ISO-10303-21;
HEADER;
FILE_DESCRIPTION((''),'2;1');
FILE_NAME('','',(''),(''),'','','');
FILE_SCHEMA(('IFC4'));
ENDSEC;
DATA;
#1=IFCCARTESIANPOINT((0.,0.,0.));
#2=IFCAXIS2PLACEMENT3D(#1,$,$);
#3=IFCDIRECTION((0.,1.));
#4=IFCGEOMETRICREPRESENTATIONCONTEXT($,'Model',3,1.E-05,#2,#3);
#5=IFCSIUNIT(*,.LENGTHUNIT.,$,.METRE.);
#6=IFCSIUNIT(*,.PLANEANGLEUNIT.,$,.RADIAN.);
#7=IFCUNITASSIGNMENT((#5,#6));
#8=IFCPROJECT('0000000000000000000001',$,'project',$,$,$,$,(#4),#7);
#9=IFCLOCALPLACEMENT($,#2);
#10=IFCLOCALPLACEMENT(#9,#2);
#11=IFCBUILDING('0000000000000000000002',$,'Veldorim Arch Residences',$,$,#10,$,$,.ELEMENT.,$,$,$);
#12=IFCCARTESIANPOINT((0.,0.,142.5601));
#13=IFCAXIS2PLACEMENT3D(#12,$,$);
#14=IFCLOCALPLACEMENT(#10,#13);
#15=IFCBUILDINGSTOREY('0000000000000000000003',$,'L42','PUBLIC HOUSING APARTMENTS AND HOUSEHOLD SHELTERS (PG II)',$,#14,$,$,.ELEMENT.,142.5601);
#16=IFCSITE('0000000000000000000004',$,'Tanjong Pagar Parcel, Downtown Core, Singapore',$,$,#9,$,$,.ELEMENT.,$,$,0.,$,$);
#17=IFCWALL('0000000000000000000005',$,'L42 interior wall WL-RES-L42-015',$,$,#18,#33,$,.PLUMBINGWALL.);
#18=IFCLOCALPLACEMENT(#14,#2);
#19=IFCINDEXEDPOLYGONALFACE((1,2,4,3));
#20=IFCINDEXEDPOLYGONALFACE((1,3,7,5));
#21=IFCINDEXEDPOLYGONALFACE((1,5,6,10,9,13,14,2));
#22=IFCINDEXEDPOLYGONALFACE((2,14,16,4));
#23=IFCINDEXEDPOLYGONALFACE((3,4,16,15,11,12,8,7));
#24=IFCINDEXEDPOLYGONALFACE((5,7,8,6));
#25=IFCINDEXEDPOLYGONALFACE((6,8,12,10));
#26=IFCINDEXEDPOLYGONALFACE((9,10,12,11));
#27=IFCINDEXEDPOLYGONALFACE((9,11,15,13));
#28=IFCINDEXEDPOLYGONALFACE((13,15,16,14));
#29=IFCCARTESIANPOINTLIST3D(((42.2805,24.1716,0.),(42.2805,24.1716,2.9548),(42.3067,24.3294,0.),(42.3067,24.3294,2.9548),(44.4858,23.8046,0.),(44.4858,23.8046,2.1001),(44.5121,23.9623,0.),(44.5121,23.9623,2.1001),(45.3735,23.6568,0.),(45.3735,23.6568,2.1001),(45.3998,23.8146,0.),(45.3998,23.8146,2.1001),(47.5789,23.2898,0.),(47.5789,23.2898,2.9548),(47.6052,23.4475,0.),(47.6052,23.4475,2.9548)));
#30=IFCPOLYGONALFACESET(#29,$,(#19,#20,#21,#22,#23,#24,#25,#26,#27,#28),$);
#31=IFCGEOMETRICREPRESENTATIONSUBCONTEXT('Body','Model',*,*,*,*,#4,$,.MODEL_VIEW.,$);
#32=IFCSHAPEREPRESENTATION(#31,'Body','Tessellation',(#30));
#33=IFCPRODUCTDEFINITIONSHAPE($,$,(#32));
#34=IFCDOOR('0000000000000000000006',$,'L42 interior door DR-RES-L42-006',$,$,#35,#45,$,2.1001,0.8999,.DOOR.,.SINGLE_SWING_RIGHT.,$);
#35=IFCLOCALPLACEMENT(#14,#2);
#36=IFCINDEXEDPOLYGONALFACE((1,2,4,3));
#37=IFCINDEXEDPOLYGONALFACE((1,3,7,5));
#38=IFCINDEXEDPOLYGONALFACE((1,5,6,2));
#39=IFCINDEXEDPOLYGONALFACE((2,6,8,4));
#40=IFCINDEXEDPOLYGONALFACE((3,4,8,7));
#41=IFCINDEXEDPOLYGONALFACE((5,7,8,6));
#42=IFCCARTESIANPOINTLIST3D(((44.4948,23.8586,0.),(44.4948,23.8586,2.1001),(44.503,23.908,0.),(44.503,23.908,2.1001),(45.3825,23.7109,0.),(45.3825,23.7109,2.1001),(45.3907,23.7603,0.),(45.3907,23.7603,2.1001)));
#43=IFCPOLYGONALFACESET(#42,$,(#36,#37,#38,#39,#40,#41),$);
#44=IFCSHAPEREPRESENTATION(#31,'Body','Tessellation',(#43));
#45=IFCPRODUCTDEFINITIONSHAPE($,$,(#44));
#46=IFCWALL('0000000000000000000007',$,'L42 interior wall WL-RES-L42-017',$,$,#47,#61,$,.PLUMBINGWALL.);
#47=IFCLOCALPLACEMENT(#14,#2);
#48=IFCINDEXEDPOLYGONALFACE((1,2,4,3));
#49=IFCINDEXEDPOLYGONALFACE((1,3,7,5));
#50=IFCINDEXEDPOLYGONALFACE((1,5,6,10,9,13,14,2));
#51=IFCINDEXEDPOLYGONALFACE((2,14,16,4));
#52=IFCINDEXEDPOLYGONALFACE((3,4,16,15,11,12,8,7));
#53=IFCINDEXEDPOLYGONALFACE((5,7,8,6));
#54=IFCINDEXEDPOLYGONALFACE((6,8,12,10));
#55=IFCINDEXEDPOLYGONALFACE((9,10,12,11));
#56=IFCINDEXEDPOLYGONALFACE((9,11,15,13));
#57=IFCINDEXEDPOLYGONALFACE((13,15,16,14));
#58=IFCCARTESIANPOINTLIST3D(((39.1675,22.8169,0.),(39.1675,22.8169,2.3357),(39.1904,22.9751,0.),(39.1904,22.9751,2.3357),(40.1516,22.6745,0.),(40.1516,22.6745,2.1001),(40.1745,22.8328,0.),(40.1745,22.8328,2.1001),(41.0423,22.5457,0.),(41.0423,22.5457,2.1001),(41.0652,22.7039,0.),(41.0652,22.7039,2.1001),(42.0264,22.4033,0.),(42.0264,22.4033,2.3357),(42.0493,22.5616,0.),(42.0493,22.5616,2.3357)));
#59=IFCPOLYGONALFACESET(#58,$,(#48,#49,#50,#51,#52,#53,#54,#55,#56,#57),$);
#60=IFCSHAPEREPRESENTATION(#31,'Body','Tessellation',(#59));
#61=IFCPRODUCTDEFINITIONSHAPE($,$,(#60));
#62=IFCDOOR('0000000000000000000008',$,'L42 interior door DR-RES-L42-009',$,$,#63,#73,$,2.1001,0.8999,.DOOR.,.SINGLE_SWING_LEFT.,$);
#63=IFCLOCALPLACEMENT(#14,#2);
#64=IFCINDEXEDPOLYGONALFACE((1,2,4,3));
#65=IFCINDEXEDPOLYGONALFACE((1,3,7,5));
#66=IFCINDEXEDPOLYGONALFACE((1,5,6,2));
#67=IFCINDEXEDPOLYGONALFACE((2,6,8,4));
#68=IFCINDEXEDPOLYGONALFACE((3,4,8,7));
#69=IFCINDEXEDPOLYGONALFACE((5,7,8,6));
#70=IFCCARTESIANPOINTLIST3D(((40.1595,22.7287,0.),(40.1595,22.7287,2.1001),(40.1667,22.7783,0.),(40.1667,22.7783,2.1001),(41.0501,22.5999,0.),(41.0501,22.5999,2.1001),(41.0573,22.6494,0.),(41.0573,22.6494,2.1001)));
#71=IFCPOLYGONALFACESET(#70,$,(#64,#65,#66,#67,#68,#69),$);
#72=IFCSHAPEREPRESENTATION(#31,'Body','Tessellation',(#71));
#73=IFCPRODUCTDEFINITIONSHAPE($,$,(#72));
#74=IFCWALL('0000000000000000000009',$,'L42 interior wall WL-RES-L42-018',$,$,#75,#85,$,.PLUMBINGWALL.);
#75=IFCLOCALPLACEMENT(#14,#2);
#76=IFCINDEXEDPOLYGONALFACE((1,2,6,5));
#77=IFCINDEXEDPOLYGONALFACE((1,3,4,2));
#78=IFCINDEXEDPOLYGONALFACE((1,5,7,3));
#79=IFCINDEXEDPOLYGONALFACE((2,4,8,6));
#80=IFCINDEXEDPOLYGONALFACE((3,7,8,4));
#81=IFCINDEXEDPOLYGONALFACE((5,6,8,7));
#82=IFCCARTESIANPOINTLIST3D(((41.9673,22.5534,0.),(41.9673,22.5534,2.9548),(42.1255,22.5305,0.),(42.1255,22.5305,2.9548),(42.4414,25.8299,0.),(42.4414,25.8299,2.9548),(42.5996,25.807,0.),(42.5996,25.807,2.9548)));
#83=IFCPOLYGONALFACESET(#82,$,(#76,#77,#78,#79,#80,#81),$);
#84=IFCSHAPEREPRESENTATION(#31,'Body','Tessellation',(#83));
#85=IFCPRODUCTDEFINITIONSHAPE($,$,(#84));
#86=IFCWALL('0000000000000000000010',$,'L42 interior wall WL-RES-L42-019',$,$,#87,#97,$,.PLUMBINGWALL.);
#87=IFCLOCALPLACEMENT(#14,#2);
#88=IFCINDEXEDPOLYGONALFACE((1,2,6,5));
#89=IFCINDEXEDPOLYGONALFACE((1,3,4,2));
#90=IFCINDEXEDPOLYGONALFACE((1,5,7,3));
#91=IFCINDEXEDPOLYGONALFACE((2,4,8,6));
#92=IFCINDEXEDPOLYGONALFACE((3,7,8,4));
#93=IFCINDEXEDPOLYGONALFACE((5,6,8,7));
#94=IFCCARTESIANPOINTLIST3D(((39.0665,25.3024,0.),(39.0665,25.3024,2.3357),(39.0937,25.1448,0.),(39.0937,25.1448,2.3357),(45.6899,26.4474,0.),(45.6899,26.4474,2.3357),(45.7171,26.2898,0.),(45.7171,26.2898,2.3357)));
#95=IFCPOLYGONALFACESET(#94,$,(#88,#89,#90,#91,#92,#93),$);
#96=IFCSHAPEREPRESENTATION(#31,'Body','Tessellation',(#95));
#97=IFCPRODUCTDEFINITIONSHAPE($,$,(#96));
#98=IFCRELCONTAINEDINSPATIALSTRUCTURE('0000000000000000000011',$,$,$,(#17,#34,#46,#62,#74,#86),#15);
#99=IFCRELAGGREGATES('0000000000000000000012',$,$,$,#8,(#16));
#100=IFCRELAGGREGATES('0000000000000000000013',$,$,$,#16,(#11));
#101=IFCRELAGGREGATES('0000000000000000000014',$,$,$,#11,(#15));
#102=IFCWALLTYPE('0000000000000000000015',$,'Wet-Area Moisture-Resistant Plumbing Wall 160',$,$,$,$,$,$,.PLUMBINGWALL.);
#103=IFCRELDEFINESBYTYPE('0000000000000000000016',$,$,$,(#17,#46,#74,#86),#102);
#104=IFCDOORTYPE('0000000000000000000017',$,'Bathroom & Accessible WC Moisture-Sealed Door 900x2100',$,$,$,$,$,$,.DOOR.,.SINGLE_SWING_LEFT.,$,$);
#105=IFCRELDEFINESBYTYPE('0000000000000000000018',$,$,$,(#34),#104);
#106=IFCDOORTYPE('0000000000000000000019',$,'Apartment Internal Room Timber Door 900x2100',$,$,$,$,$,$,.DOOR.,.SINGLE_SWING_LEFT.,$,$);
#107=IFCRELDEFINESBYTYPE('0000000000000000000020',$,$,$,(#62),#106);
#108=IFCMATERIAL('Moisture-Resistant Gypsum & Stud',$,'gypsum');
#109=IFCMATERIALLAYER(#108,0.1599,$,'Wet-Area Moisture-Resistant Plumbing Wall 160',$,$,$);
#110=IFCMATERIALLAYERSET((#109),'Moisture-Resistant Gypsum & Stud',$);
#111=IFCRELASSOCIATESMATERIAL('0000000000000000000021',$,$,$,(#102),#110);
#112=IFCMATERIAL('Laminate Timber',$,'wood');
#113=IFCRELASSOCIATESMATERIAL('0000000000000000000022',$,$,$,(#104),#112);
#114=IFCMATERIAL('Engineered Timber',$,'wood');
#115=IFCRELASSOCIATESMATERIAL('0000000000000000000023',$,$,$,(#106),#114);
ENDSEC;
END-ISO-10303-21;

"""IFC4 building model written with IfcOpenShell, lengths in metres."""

from ifc_helpers import new_model, si_unit, direction, frame, frame_2d, origin, place, context, subcontext, project, spatial, rectangle, extrude, material, layer, layer_set, type_object, element, fill, save


model = new_model("IFC4")

# Units and contexts
model_context = context("Model", 3, precision=1e-05, world=origin(), true_north=direction((0.0, 1.0)))
body_context = subcontext(model_context, "Body", "Model", "MODEL_VIEW")
ifc_project = project(units=[si_unit("LENGTHUNIT", "METRE"), si_unit("PLANEANGLEUNIT", "RADIAN")], contexts=[model_context])

# Site, building, storey
site_placement = place(None, origin())
site = spatial("IfcSite", under=ifc_project, at=site_placement, Name="Tanjong Pagar Parcel, Downtown Core, Singapore", CompositionType="ELEMENT", RefElevation=0.0)
building_placement = place(site_placement, origin())
building = spatial("IfcBuilding", under=site, at=building_placement, Name="Veldorim Arch Residences", CompositionType="ELEMENT")
storey_placement = place(building_placement, frame((0.0, 0.0, 142.5601)))
storey = spatial("IfcBuildingStorey", under=building, at=storey_placement, Name="L42", Description="PUBLIC HOUSING APARTMENTS AND HOUSEHOLD SHELTERS (PG II)", CompositionType="ELEMENT", Elevation=142.5601)

# Walls, openings, doors
ifc_material_1 = material(Name="Moisture-Resistant Gypsum & Stud", Category="gypsum")
ifc_layer_1 = layer(ifc_material_1, 0.1599, Name="Wet-Area Moisture-Resistant Plumbing Wall 160")
ifc_layer_set_1 = layer_set([ifc_layer_1], Name="Moisture-Resistant Gypsum & Stud")
wall_type_1 = type_object("IfcWallType", Name="Wet-Area Moisture-Resistant Plumbing Wall 160", PredefinedType="PLUMBINGWALL", material=ifc_layer_set_1)
wall_1_placement = place(storey_placement, frame((42.2937, 24.2505, 0.0), z_axis=(0.0, 0.0, 1.0), x_axis=(0.986431, -0.164178, 0.0)))
wall_1 = element("IfcWall", 1, at=wall_1_placement, inside=storey, type_object=wall_type_1, Name="L42 interior wall WL-RES-L42-015", PredefinedType="PLUMBINGWALL", context=body_context, shape_type="SweptSolid", body=[
    extrude(rectangle(XDim=5.3713, YDim=0.1599, at=frame_2d((2.6855, 0.0))), origin(), (0.0, 0.0, 1.0), 2.9548),
])
opening_1_placement = place(wall_1_placement, frame((2.2356, 0.0, 0.0)))
opening_1 = element("IfcOpeningElement", 2, at=opening_1_placement, cuts=wall_1, PredefinedType="OPENING", context=body_context, shape_type="SweptSolid", body=[
    extrude(rectangle(XDim=0.8999, YDim=2.1001, at=frame_2d((0.45, 1.05))), frame((0.0, 0.0898, 0.0), z_axis=(0.0, -1.0, 0.0), x_axis=(1.0, 0.0, 0.0)), (0.0, 0.0, 1.0), 0.1799),
])
ifc_material_2 = material(Name="Laminate Timber", Category="wood")
door_type_1 = type_object("IfcDoorType", Name="Bathroom & Accessible WC Moisture-Sealed Door 900x2100", OperationType="SINGLE_SWING_LEFT", PredefinedType="DOOR", material=ifc_material_2)
door_1_placement = place(opening_1_placement, origin())
door_1 = element("IfcDoor", 3, at=door_1_placement, inside=storey, type_object=door_type_1, Name="L42 interior door DR-RES-L42-006", OperationType="SINGLE_SWING_RIGHT", OverallHeight=2.1001, OverallWidth=0.8999, PredefinedType="DOOR", context=body_context, shape_type="SweptSolid", body=[
    extrude(rectangle(XDim=0.8999, YDim=2.1001, at=frame_2d((0.45, 1.05))), frame((0.0, 0.0249, 0.0), z_axis=(0.0, -1.0, 0.0), x_axis=(1.0, 0.0, 0.0)), (0.0, 0.0, 1.0), 0.05),
])
fill(opening_1, door_1)
wall_2_placement = place(storey_placement, frame((39.179, 22.896, 0.0), z_axis=(0.0, 0.0, 1.0), x_axis=(0.989698, -0.143172, 0.0)))
wall_2 = element("IfcWall", 4, at=wall_2_placement, inside=storey, type_object=wall_type_1, Name="L42 interior wall WL-RES-L42-017", PredefinedType="PLUMBINGWALL", context=body_context, shape_type="SweptSolid", body=[
    extrude(rectangle(XDim=2.8887, YDim=0.1599, at=frame_2d((1.4443, 0.0))), origin(), (0.0, 0.0, 1.0), 2.3357),
])
opening_2_placement = place(wall_2_placement, frame((0.9944, 0.0, 0.0)))
opening_2 = element("IfcOpeningElement", 5, at=opening_2_placement, cuts=wall_2, PredefinedType="OPENING", context=body_context, shape_type="SweptSolid", body=[
    extrude(rectangle(XDim=0.8999, YDim=2.1001, at=frame_2d((0.45, 1.05))), frame((0.0, 0.0898, 0.0), z_axis=(0.0, -1.0, 0.0), x_axis=(1.0, 0.0, 0.0)), (0.0, 0.0, 1.0), 0.1799),
])
ifc_material_3 = material(Name="Engineered Timber", Category="wood")
door_type_2 = type_object("IfcDoorType", Name="Apartment Internal Room Timber Door 900x2100", OperationType="SINGLE_SWING_LEFT", PredefinedType="DOOR", material=ifc_material_3)
door_2_placement = place(opening_2_placement, origin())
door_2 = element("IfcDoor", 6, at=door_2_placement, inside=storey, type_object=door_type_2, Name="L42 interior door DR-RES-L42-009", OperationType="SINGLE_SWING_LEFT", OverallHeight=2.1001, OverallWidth=0.8999, PredefinedType="DOOR", context=body_context, shape_type="SweptSolid", body=[
    extrude(rectangle(XDim=0.8999, YDim=2.1001, at=frame_2d((0.45, 1.05))), frame((0.0, 0.0249, 0.0), z_axis=(0.0, -1.0, 0.0), x_axis=(1.0, 0.0, 0.0)), (0.0, 0.0, 1.0), 0.05),
])
fill(opening_2, door_2)

# Walls
wall_3_placement = place(storey_placement, frame((42.0464, 22.542, 0.0), z_axis=(0.0, 0.0, 1.0), x_axis=(0.143218, 0.989691, 0.0)))
element("IfcWall", 7, at=wall_3_placement, inside=storey, type_object=wall_type_1, Name="L42 interior wall WL-RES-L42-018", PredefinedType="PLUMBINGWALL", context=body_context, shape_type="SweptSolid", body=[
    extrude(rectangle(XDim=3.3105, YDim=0.1599, at=frame_2d((1.6553, 0.0))), origin(), (0.0, 0.0, 1.0), 2.9548),
])
wall_4_placement = place(storey_placement, frame((39.0801, 25.2236, 0.0), z_axis=(0.0, 0.0, 1.0), x_axis=(0.985385, 0.170345, 0.0)))
element("IfcWall", 8, at=wall_4_placement, inside=storey, type_object=wall_type_1, Name="L42 interior wall WL-RES-L42-019", PredefinedType="PLUMBINGWALL", context=body_context, shape_type="SweptSolid", body=[
    extrude(rectangle(XDim=6.7217, YDim=0.1599, at=frame_2d((3.3608, 0.0))), origin(), (0.0, 0.0, 1.0), 2.3357),
])

save(model, "model.ifc")
